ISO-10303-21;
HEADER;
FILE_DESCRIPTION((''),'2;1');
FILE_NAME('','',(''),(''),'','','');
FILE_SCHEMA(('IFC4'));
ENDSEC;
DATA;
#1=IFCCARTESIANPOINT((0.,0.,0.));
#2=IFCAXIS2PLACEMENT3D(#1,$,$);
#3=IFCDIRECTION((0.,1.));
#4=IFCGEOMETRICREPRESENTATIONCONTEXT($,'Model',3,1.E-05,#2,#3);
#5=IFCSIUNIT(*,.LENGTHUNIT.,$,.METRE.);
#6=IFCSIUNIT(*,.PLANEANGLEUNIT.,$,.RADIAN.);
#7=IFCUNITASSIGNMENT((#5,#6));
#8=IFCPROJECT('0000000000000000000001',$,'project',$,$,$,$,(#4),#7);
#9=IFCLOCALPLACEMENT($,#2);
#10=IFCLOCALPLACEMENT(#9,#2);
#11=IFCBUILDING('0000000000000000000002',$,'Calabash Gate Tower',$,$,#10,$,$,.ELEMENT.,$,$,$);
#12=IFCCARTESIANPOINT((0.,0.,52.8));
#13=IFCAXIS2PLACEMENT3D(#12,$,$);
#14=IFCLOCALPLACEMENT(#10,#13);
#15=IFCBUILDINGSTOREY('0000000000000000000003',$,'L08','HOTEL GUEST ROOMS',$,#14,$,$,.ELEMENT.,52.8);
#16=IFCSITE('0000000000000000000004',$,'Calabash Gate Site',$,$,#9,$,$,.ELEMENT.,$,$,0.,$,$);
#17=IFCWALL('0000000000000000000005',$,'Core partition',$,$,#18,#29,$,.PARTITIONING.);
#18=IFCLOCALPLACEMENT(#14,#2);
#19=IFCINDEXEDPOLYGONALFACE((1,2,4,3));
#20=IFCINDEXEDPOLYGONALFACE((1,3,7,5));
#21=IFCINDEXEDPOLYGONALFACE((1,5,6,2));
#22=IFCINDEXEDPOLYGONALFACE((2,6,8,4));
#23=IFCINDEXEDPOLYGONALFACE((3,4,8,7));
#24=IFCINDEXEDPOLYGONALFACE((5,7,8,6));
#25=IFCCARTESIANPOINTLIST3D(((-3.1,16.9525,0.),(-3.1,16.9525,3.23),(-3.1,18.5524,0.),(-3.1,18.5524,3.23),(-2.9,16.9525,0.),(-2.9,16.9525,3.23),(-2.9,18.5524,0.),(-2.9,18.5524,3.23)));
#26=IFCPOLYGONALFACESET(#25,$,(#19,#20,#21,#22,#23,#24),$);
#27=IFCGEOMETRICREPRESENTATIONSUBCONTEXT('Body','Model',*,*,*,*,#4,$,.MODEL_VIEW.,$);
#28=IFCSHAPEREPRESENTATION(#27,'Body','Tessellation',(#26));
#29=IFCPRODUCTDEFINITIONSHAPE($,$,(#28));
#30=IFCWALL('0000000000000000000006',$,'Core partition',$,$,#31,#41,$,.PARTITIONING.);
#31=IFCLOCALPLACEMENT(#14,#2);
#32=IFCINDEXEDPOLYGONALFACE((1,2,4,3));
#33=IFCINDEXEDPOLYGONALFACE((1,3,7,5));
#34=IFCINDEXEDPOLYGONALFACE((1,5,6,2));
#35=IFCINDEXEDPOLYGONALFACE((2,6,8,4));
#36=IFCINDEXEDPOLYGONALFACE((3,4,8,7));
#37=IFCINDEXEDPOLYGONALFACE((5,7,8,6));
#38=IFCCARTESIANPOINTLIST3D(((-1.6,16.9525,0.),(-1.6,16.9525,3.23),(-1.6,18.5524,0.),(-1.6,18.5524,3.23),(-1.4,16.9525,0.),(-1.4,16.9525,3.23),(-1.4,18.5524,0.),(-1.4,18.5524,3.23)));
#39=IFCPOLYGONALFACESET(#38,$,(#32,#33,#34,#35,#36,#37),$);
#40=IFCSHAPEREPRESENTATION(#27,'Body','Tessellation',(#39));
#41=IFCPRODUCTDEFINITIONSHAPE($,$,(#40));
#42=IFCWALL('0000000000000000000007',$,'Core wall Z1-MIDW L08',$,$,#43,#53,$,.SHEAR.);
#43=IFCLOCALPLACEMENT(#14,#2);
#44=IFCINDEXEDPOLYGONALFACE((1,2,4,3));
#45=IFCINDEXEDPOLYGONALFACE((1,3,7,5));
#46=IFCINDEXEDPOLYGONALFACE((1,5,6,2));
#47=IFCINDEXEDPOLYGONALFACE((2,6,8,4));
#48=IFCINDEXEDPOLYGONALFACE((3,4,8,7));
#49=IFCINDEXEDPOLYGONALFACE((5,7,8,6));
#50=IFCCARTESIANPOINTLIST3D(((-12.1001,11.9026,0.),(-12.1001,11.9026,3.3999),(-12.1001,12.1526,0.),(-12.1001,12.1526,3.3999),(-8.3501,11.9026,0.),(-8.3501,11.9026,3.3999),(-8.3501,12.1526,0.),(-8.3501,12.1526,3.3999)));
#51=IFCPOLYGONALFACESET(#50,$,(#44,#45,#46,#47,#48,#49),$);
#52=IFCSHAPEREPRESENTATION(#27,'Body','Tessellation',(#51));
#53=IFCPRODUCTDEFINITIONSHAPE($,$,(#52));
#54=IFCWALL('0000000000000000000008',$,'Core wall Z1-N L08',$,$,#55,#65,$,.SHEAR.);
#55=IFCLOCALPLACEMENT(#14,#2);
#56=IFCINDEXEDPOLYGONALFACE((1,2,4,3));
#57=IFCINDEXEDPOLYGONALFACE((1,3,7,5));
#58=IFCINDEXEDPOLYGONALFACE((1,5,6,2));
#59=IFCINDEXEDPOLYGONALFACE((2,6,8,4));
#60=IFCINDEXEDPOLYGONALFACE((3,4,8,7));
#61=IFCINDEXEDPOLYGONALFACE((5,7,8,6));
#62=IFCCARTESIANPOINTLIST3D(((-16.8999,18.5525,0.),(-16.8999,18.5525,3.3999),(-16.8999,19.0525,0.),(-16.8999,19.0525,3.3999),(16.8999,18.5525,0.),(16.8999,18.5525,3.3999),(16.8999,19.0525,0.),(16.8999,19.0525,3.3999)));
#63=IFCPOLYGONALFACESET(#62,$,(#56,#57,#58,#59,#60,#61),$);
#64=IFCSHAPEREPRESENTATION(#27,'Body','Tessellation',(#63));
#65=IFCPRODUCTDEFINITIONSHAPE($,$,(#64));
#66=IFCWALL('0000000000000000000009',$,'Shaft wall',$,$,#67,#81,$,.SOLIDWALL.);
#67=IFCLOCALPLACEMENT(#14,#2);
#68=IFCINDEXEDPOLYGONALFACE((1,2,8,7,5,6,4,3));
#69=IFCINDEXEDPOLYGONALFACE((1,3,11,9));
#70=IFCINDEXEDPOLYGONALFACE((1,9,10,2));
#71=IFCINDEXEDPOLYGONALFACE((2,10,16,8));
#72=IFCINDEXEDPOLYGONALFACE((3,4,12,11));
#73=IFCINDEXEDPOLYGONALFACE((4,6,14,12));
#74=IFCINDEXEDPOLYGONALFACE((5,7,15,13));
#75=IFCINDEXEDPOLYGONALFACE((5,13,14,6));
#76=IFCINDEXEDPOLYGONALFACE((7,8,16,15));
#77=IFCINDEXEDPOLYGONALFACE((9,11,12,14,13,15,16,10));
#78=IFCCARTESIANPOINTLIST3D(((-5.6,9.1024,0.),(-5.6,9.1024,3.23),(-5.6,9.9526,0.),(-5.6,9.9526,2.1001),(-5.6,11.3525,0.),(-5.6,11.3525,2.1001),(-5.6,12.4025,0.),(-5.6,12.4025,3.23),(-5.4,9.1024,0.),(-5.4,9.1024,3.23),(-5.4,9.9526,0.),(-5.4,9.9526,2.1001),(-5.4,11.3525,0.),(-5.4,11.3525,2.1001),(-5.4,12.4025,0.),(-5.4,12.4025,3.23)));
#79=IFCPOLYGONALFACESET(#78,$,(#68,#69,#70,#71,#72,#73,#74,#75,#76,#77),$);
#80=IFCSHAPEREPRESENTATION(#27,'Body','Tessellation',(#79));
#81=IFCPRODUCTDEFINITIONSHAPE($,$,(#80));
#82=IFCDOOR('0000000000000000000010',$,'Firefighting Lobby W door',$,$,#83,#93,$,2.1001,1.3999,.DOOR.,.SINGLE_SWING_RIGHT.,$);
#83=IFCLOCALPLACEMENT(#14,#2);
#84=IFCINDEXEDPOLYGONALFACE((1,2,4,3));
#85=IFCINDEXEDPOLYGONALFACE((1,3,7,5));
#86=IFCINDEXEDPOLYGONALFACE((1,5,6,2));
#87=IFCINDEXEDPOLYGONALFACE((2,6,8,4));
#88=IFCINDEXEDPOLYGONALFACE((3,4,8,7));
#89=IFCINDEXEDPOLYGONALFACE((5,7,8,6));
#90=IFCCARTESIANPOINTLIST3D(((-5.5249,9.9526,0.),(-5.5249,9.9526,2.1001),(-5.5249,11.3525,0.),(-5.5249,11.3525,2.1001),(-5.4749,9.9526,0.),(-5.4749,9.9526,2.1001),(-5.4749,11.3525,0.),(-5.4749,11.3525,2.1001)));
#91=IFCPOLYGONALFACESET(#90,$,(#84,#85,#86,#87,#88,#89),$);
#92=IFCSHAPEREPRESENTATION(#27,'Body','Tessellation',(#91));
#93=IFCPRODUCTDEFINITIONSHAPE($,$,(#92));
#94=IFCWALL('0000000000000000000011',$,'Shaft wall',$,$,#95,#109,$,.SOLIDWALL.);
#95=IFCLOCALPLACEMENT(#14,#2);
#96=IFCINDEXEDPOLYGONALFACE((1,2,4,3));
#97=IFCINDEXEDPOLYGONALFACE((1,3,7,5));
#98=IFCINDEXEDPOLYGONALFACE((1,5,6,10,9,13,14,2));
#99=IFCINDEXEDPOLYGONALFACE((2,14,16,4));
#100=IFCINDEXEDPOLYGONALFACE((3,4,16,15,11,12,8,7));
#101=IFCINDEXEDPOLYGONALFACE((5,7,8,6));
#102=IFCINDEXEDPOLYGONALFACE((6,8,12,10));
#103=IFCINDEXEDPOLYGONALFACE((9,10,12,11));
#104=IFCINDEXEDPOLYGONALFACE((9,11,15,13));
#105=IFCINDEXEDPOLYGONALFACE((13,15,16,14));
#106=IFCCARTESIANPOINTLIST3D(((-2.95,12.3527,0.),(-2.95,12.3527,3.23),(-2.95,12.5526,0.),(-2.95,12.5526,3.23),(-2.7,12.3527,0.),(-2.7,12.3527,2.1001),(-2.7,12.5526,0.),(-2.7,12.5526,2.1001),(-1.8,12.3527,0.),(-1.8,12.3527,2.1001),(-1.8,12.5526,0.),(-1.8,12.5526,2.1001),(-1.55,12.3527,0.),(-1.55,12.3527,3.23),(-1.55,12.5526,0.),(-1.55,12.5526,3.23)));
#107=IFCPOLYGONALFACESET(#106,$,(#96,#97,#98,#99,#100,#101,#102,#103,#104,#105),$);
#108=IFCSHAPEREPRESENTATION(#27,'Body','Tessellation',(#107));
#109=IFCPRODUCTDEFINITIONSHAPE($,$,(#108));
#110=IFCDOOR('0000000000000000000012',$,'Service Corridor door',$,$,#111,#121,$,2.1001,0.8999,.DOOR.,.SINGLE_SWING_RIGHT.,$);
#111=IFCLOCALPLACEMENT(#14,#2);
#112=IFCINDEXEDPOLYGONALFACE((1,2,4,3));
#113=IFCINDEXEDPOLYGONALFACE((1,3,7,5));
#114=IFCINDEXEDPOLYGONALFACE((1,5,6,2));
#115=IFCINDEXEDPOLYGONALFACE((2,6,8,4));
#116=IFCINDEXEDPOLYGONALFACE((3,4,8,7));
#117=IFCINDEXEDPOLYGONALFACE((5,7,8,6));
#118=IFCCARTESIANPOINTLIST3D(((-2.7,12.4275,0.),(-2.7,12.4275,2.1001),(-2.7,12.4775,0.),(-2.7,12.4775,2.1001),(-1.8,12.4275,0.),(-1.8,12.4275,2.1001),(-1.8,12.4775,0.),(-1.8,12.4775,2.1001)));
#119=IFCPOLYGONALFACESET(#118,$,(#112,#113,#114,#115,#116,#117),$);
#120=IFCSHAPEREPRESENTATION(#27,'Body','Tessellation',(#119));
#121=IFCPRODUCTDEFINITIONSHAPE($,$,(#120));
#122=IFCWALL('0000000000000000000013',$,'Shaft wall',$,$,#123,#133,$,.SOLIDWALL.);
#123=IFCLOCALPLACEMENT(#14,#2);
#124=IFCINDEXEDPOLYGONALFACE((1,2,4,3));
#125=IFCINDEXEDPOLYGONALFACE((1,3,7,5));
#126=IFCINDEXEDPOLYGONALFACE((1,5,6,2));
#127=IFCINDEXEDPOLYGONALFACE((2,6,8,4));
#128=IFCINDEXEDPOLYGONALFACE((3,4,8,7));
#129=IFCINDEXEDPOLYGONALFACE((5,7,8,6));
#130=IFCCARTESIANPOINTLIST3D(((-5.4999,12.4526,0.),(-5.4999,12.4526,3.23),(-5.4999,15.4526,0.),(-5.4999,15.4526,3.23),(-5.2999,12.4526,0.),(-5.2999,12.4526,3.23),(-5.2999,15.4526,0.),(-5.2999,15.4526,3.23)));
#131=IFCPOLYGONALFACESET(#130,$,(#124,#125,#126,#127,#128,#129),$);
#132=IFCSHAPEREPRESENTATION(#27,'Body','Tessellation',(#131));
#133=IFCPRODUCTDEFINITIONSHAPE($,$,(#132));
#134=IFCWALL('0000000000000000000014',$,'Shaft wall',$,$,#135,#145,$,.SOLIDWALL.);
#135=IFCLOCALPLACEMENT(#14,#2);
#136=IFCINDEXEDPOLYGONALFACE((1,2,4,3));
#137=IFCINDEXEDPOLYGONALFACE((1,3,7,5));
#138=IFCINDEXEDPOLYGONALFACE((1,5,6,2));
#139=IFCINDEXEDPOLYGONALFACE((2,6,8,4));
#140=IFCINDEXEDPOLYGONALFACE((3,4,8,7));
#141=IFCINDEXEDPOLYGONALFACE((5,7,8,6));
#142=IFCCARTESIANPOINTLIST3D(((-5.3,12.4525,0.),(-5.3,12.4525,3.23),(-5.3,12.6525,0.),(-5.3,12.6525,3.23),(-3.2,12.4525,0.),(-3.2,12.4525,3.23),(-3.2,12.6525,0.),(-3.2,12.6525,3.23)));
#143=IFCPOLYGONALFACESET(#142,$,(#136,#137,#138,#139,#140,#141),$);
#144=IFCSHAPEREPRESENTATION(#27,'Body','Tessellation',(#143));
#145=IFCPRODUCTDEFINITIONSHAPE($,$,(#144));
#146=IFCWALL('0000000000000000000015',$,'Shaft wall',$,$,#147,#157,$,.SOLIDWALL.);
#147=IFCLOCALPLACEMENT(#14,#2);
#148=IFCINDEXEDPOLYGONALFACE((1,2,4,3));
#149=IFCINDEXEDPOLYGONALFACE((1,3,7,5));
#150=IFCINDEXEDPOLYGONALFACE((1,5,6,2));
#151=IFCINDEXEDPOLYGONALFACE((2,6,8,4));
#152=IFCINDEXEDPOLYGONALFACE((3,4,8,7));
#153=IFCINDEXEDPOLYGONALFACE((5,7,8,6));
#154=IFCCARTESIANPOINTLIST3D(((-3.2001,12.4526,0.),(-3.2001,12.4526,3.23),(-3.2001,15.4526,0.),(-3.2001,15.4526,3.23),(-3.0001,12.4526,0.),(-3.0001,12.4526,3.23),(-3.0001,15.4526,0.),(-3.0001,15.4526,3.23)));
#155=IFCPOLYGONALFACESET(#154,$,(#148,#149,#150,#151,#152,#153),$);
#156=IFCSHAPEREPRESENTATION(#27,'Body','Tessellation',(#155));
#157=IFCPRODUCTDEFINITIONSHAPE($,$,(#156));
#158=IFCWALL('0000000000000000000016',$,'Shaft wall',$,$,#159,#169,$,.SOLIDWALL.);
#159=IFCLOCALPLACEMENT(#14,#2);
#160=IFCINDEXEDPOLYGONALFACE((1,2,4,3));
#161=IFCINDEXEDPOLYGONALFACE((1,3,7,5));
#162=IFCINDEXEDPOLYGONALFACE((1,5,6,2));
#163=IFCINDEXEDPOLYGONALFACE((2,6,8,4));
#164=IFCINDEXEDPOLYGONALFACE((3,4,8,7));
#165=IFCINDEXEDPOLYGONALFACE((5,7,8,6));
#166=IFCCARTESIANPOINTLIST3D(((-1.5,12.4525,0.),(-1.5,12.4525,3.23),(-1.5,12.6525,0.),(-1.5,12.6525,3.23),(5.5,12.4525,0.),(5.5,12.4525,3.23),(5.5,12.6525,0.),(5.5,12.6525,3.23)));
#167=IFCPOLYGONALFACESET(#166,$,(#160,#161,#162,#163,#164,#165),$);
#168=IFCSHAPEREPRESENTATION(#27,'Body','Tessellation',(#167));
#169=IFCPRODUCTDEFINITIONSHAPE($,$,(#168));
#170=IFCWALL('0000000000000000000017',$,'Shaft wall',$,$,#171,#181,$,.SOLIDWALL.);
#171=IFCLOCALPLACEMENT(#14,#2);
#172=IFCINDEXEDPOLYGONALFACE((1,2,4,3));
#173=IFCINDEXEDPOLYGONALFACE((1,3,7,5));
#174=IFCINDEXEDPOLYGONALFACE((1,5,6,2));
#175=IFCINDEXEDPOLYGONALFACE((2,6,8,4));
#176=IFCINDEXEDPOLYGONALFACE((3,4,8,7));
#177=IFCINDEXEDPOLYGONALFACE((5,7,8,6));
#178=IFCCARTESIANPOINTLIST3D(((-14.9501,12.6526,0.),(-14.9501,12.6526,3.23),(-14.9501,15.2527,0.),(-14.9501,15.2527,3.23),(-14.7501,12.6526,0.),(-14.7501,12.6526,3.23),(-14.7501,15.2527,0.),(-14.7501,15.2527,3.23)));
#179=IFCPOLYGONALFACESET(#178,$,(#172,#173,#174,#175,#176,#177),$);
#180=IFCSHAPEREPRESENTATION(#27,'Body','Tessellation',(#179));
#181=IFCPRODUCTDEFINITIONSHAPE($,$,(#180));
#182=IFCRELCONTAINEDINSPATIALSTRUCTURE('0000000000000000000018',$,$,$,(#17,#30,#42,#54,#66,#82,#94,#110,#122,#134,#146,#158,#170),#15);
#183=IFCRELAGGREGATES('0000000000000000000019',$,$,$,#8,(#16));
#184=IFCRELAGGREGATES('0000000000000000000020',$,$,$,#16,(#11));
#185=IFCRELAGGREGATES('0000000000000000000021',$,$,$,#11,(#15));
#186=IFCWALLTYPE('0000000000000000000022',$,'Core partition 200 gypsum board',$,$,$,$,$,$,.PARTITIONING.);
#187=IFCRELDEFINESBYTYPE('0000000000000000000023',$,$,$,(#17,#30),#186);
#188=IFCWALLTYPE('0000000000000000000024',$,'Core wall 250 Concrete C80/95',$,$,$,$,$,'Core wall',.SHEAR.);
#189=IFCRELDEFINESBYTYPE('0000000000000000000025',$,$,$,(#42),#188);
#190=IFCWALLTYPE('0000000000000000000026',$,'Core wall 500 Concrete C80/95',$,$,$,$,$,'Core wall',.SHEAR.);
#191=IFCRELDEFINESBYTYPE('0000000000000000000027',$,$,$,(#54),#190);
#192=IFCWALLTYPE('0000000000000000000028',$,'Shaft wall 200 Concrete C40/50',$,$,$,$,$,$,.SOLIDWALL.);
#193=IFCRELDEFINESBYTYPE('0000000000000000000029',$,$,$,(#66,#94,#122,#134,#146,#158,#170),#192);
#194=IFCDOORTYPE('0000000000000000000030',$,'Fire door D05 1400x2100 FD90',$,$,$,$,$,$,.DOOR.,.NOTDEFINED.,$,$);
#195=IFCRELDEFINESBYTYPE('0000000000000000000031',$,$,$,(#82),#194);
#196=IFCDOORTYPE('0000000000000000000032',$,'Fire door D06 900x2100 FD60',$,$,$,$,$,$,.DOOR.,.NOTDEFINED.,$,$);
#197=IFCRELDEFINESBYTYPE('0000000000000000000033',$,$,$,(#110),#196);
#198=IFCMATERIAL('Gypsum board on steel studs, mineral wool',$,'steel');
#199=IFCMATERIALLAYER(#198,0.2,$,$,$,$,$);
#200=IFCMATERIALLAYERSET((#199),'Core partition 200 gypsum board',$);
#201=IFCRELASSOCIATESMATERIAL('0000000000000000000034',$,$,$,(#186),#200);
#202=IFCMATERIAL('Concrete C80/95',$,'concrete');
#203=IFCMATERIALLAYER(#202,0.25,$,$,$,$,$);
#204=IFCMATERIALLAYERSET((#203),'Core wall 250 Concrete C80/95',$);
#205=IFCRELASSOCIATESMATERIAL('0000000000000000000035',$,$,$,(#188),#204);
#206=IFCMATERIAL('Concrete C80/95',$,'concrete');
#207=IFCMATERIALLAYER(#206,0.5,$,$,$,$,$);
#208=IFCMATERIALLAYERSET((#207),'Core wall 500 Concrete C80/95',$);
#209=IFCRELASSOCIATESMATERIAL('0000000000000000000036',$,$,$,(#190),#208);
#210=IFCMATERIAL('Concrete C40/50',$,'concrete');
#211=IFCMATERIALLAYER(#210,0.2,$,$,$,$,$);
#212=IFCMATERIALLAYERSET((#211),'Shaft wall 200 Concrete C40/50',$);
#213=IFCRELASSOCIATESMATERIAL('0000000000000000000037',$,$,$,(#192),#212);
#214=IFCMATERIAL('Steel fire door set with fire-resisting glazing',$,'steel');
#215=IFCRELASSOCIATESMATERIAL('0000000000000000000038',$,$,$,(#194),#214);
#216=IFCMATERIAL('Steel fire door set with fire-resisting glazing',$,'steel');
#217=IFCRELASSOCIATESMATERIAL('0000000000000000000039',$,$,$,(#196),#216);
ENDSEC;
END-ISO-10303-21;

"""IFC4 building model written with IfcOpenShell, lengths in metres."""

from ifc_helpers import new_model, si_unit, direction, frame, frame_2d, origin, place, context, subcontext, project, spatial, rectangle, extrude, material, layer, layer_set, type_object, element, fill, save


model = new_model("IFC4")

# Units and contexts
model_context = context("Model", 3, precision=1e-05, world=origin(), true_north=direction((0.0, 1.0)))
body_context = subcontext(model_context, "Body", "Model", "MODEL_VIEW")
ifc_project = project(units=[si_unit("LENGTHUNIT", "METRE"), si_unit("PLANEANGLEUNIT", "RADIAN")], contexts=[model_context])

# Site, building, storey
site_placement = place(None, origin())
site = spatial("IfcSite", under=ifc_project, at=site_placement, Name="Calabash Gate Site", CompositionType="ELEMENT", RefElevation=0.0)
building_placement = place(site_placement, origin())
building = spatial("IfcBuilding", under=site, at=building_placement, Name="Calabash Gate Tower", CompositionType="ELEMENT")
storey_placement = place(building_placement, frame((0.0, 0.0, 52.8)))
storey = spatial("IfcBuildingStorey", under=building, at=storey_placement, Name="L08", Description="HOTEL GUEST ROOMS", CompositionType="ELEMENT", Elevation=52.8)

# Walls
ifc_material_1 = material(Name="Gypsum board on steel studs, mineral wool", Category="steel")
ifc_layer_1 = layer(ifc_material_1, 0.2)
ifc_layer_set_1 = layer_set([ifc_layer_1], Name="Core partition 200 gypsum board")
wall_type_1 = type_object("IfcWallType", Name="Core partition 200 gypsum board", PredefinedType="PARTITIONING", material=ifc_layer_set_1)
for number, where, z_axis, x_axis, name in (
    (1, (-3.0, 16.9526, 0.0), (0.0, 0.0, 1.0), (0.0, 1.0, 0.0), "Core partition"),
    (2, (-1.5, 16.9526, 0.0), (0.0, 0.0, 1.0), (0.0, 1.0, 0.0), "Core partition"),
):
    element("IfcWall", number, at=place(storey_placement, frame(where, z_axis=z_axis, x_axis=x_axis)), inside=storey, type_object=wall_type_1, Name=name, PredefinedType="PARTITIONING", context=body_context, shape_type="SweptSolid", body=[
        extrude(rectangle(XDim=1.5999, YDim=0.2, at=frame_2d((0.7998, 0.0))), origin(), (0.0, 0.0, 1.0), 3.23),
    ])
ifc_material_2 = material(Name="Concrete C80/95", Category="concrete")
ifc_layer_2 = layer(ifc_material_2, 0.25)
ifc_layer_set_2 = layer_set([ifc_layer_2], Name="Core wall 250 Concrete C80/95")
wall_type_2 = type_object("IfcWallType", Name="Core wall 250 Concrete C80/95", ElementType="Core wall", PredefinedType="SHEAR", material=ifc_layer_set_2)
wall_1_placement = place(storey_placement, frame((-12.1001, 12.0276, 0.0), z_axis=(0.0, 0.0, 1.0), x_axis=(1.0, 0.0, 0.0)))
element("IfcWall", 3, at=wall_1_placement, inside=storey, type_object=wall_type_2, Name="Core wall Z1-MIDW L08", PredefinedType="SHEAR", context=body_context, shape_type="SweptSolid", body=[
    extrude(rectangle(XDim=3.75, YDim=0.25, at=frame_2d((1.875, 0.0))), origin(), (0.0, 0.0, 1.0), 3.3999),
])
ifc_material_3 = material(Name="Concrete C80/95", Category="concrete")
ifc_layer_3 = layer(ifc_material_3, 0.5)
ifc_layer_set_3 = layer_set([ifc_layer_3], Name="Core wall 500 Concrete C80/95")
wall_type_3 = type_object("IfcWallType", Name="Core wall 500 Concrete C80/95", ElementType="Core wall", PredefinedType="SHEAR", material=ifc_layer_set_3)
wall_2_placement = place(storey_placement, frame((-16.8999, 18.8025, 0.0), z_axis=(0.0, 0.0, 1.0), x_axis=(1.0, 0.0, 0.0)))
element("IfcWall", 4, at=wall_2_placement, inside=storey, type_object=wall_type_3, Name="Core wall Z1-N L08", PredefinedType="SHEAR", context=body_context, shape_type="SweptSolid", body=[
    extrude(rectangle(XDim=33.7998, YDim=0.5, at=frame_2d((16.8999, 0.0))), origin(), (0.0, 0.0, 1.0), 3.3999),
])

# Walls, openings, doors
ifc_material_4 = material(Name="Concrete C40/50", Category="concrete")
ifc_layer_4 = layer(ifc_material_4, 0.2)
ifc_layer_set_4 = layer_set([ifc_layer_4], Name="Shaft wall 200 Concrete C40/50")
wall_type_4 = type_object("IfcWallType", Name="Shaft wall 200 Concrete C40/50", PredefinedType="SOLIDWALL", material=ifc_layer_set_4)
wall_3_placement = place(storey_placement, frame((-5.5, 9.1025, 0.0), z_axis=(0.0, 0.0, 1.0), x_axis=(0.0, 1.0, 0.0)))
wall_3 = element("IfcWall", 5, at=wall_3_placement, inside=storey, type_object=wall_type_4, Name="Shaft wall", PredefinedType="SOLIDWALL", context=body_context, shape_type="SweptSolid", body=[
    extrude(rectangle(XDim=3.3, YDim=0.2, at=frame_2d((1.6499, 0.0))), origin(), (0.0, 0.0, 1.0), 3.23),
])
opening_1_placement = place(wall_3_placement, frame((0.8501, 0.0, 0.0)))
opening_1 = element("IfcOpeningElement", 6, at=opening_1_placement, cuts=wall_3, PredefinedType="OPENING", context=body_context, shape_type="SweptSolid", body=[
    extrude(rectangle(XDim=1.3999, YDim=2.1001, at=frame_2d((0.7, 1.05))), frame((0.0, 0.1099, 0.0), z_axis=(0.0, -1.0, 0.0), x_axis=(1.0, 0.0, 0.0)), (0.0, 0.0, 1.0), 0.22),
])
ifc_material_5 = material(Name="Steel fire door set with fire-resisting glazing", Category="steel")
door_type_1 = type_object("IfcDoorType", Name="Fire door D05 1400x2100 FD90", OperationType="NOTDEFINED", PredefinedType="DOOR", material=ifc_material_5)
door_1_placement = place(opening_1_placement, origin())
door_1 = element("IfcDoor", 7, at=door_1_placement, inside=storey, type_object=door_type_1, Name="Firefighting Lobby W door", OperationType="SINGLE_SWING_RIGHT", OverallHeight=2.1001, OverallWidth=1.3999, PredefinedType="DOOR", context=body_context, shape_type="SweptSolid", body=[
    extrude(rectangle(XDim=1.3999, YDim=2.1001, at=frame_2d((0.7, 1.05))), frame((0.0, 0.0249, 0.0), z_axis=(0.0, -1.0, 0.0), x_axis=(1.0, 0.0, 0.0)), (0.0, 0.0, 1.0), 0.05),
])
fill(opening_1, door_1)
wall_4_placement = place(storey_placement, frame((-2.95, 12.4526, 0.0), z_axis=(0.0, 0.0, 1.0), x_axis=(1.0, 0.0, 0.0)))
wall_4 = element("IfcWall", 8, at=wall_4_placement, inside=storey, type_object=wall_type_4, Name="Shaft wall", PredefinedType="SOLIDWALL", context=body_context, shape_type="SweptSolid", body=[
    extrude(rectangle(XDim=1.3999, YDim=0.2, at=frame_2d((0.7, 0.0))), origin(), (0.0, 0.0, 1.0), 3.23),
])
opening_2_placement = place(wall_4_placement, frame((0.25, 0.0, 0.0)))
opening_2 = element("IfcOpeningElement", 9, at=opening_2_placement, cuts=wall_4, PredefinedType="OPENING", context=body_context, shape_type="SweptSolid", body=[
    extrude(rectangle(XDim=0.8999, YDim=2.1001, at=frame_2d((0.45, 1.05))), frame((0.0, 0.1099, 0.0), z_axis=(0.0, -1.0, 0.0), x_axis=(1.0, 0.0, 0.0)), (0.0, 0.0, 1.0), 0.22),
])
ifc_material_6 = material(Name="Steel fire door set with fire-resisting glazing", Category="steel")
door_type_2 = type_object("IfcDoorType", Name="Fire door D06 900x2100 FD60", OperationType="NOTDEFINED", PredefinedType="DOOR", material=ifc_material_6)
door_2_placement = place(opening_2_placement, origin())
door_2 = element("IfcDoor", 10, at=door_2_placement, inside=storey, type_object=door_type_2, Name="Service Corridor door", OperationType="SINGLE_SWING_RIGHT", OverallHeight=2.1001, OverallWidth=0.8999, PredefinedType="DOOR", context=body_context, shape_type="SweptSolid", body=[
    extrude(rectangle(XDim=0.8999, YDim=2.1001, at=frame_2d((0.45, 1.05))), frame((0.0, 0.0249, 0.0), z_axis=(0.0, -1.0, 0.0), x_axis=(1.0, 0.0, 0.0)), (0.0, 0.0, 1.0), 0.05),
])
fill(opening_2, door_2)

# Walls
wall_5_placement = place(storey_placement, frame((-5.3999, 12.4526, 0.0), z_axis=(0.0, 0.0, 1.0), x_axis=(0.0, 1.0, 0.0)))
element("IfcWall", 11, at=wall_5_placement, inside=storey, type_object=wall_type_4, Name="Shaft wall", PredefinedType="SOLIDWALL", context=body_context, shape_type="SweptSolid", body=[
    extrude(rectangle(XDim=3.0, YDim=0.2, at=frame_2d((1.5, 0.0))), origin(), (0.0, 0.0, 1.0), 3.23),
])
wall_6_placement = place(storey_placement, frame((-5.3, 12.5525, 0.0), z_axis=(0.0, 0.0, 1.0), x_axis=(1.0, 0.0, 0.0)))
element("IfcWall", 12, at=wall_6_placement, inside=storey, type_object=wall_type_4, Name="Shaft wall", PredefinedType="SOLIDWALL", context=body_context, shape_type="SweptSolid", body=[
    extrude(rectangle(XDim=2.1001, YDim=0.2, at=frame_2d((1.05, 0.0))), origin(), (0.0, 0.0, 1.0), 3.23),
])
wall_7_placement = place(storey_placement, frame((-3.1001, 12.4526, 0.0), z_axis=(0.0, 0.0, 1.0), x_axis=(0.0, 1.0, 0.0)))
element("IfcWall", 13, at=wall_7_placement, inside=storey, type_object=wall_type_4, Name="Shaft wall", PredefinedType="SOLIDWALL", context=body_context, shape_type="SweptSolid", body=[
    extrude(rectangle(XDim=3.0, YDim=0.2, at=frame_2d((1.5, 0.0))), origin(), (0.0, 0.0, 1.0), 3.23),
])
wall_8_placement = place(storey_placement, frame((-1.5, 12.5525, 0.0), z_axis=(0.0, 0.0, 1.0), x_axis=(1.0, 0.0, 0.0)))
element("IfcWall", 14, at=wall_8_placement, inside=storey, type_object=wall_type_4, Name="Shaft wall", PredefinedType="SOLIDWALL", context=body_context, shape_type="SweptSolid", body=[
    extrude(rectangle(XDim=7.0, YDim=0.2, at=frame_2d((3.5, 0.0))), origin(), (0.0, 0.0, 1.0), 3.23),
])
for number, where, z_axis, x_axis, name in (
    (15, (-14.8501, 12.6526, 0.0), (0.0, 0.0, 1.0), (0.0, 1.0, 0.0), "Shaft wall"),
):
    element("IfcWall", number, at=place(storey_placement, frame(where, z_axis=z_axis, x_axis=x_axis)), inside=storey, type_object=wall_type_4, Name=name, PredefinedType="SOLIDWALL", context=body_context, shape_type="SweptSolid", body=[
        extrude(rectangle(XDim=2.6001, YDim=0.2, at=frame_2d((1.3, 0.0))), origin(), (0.0, 0.0, 1.0), 3.23),
    ])

save(model, "model.ifc")
